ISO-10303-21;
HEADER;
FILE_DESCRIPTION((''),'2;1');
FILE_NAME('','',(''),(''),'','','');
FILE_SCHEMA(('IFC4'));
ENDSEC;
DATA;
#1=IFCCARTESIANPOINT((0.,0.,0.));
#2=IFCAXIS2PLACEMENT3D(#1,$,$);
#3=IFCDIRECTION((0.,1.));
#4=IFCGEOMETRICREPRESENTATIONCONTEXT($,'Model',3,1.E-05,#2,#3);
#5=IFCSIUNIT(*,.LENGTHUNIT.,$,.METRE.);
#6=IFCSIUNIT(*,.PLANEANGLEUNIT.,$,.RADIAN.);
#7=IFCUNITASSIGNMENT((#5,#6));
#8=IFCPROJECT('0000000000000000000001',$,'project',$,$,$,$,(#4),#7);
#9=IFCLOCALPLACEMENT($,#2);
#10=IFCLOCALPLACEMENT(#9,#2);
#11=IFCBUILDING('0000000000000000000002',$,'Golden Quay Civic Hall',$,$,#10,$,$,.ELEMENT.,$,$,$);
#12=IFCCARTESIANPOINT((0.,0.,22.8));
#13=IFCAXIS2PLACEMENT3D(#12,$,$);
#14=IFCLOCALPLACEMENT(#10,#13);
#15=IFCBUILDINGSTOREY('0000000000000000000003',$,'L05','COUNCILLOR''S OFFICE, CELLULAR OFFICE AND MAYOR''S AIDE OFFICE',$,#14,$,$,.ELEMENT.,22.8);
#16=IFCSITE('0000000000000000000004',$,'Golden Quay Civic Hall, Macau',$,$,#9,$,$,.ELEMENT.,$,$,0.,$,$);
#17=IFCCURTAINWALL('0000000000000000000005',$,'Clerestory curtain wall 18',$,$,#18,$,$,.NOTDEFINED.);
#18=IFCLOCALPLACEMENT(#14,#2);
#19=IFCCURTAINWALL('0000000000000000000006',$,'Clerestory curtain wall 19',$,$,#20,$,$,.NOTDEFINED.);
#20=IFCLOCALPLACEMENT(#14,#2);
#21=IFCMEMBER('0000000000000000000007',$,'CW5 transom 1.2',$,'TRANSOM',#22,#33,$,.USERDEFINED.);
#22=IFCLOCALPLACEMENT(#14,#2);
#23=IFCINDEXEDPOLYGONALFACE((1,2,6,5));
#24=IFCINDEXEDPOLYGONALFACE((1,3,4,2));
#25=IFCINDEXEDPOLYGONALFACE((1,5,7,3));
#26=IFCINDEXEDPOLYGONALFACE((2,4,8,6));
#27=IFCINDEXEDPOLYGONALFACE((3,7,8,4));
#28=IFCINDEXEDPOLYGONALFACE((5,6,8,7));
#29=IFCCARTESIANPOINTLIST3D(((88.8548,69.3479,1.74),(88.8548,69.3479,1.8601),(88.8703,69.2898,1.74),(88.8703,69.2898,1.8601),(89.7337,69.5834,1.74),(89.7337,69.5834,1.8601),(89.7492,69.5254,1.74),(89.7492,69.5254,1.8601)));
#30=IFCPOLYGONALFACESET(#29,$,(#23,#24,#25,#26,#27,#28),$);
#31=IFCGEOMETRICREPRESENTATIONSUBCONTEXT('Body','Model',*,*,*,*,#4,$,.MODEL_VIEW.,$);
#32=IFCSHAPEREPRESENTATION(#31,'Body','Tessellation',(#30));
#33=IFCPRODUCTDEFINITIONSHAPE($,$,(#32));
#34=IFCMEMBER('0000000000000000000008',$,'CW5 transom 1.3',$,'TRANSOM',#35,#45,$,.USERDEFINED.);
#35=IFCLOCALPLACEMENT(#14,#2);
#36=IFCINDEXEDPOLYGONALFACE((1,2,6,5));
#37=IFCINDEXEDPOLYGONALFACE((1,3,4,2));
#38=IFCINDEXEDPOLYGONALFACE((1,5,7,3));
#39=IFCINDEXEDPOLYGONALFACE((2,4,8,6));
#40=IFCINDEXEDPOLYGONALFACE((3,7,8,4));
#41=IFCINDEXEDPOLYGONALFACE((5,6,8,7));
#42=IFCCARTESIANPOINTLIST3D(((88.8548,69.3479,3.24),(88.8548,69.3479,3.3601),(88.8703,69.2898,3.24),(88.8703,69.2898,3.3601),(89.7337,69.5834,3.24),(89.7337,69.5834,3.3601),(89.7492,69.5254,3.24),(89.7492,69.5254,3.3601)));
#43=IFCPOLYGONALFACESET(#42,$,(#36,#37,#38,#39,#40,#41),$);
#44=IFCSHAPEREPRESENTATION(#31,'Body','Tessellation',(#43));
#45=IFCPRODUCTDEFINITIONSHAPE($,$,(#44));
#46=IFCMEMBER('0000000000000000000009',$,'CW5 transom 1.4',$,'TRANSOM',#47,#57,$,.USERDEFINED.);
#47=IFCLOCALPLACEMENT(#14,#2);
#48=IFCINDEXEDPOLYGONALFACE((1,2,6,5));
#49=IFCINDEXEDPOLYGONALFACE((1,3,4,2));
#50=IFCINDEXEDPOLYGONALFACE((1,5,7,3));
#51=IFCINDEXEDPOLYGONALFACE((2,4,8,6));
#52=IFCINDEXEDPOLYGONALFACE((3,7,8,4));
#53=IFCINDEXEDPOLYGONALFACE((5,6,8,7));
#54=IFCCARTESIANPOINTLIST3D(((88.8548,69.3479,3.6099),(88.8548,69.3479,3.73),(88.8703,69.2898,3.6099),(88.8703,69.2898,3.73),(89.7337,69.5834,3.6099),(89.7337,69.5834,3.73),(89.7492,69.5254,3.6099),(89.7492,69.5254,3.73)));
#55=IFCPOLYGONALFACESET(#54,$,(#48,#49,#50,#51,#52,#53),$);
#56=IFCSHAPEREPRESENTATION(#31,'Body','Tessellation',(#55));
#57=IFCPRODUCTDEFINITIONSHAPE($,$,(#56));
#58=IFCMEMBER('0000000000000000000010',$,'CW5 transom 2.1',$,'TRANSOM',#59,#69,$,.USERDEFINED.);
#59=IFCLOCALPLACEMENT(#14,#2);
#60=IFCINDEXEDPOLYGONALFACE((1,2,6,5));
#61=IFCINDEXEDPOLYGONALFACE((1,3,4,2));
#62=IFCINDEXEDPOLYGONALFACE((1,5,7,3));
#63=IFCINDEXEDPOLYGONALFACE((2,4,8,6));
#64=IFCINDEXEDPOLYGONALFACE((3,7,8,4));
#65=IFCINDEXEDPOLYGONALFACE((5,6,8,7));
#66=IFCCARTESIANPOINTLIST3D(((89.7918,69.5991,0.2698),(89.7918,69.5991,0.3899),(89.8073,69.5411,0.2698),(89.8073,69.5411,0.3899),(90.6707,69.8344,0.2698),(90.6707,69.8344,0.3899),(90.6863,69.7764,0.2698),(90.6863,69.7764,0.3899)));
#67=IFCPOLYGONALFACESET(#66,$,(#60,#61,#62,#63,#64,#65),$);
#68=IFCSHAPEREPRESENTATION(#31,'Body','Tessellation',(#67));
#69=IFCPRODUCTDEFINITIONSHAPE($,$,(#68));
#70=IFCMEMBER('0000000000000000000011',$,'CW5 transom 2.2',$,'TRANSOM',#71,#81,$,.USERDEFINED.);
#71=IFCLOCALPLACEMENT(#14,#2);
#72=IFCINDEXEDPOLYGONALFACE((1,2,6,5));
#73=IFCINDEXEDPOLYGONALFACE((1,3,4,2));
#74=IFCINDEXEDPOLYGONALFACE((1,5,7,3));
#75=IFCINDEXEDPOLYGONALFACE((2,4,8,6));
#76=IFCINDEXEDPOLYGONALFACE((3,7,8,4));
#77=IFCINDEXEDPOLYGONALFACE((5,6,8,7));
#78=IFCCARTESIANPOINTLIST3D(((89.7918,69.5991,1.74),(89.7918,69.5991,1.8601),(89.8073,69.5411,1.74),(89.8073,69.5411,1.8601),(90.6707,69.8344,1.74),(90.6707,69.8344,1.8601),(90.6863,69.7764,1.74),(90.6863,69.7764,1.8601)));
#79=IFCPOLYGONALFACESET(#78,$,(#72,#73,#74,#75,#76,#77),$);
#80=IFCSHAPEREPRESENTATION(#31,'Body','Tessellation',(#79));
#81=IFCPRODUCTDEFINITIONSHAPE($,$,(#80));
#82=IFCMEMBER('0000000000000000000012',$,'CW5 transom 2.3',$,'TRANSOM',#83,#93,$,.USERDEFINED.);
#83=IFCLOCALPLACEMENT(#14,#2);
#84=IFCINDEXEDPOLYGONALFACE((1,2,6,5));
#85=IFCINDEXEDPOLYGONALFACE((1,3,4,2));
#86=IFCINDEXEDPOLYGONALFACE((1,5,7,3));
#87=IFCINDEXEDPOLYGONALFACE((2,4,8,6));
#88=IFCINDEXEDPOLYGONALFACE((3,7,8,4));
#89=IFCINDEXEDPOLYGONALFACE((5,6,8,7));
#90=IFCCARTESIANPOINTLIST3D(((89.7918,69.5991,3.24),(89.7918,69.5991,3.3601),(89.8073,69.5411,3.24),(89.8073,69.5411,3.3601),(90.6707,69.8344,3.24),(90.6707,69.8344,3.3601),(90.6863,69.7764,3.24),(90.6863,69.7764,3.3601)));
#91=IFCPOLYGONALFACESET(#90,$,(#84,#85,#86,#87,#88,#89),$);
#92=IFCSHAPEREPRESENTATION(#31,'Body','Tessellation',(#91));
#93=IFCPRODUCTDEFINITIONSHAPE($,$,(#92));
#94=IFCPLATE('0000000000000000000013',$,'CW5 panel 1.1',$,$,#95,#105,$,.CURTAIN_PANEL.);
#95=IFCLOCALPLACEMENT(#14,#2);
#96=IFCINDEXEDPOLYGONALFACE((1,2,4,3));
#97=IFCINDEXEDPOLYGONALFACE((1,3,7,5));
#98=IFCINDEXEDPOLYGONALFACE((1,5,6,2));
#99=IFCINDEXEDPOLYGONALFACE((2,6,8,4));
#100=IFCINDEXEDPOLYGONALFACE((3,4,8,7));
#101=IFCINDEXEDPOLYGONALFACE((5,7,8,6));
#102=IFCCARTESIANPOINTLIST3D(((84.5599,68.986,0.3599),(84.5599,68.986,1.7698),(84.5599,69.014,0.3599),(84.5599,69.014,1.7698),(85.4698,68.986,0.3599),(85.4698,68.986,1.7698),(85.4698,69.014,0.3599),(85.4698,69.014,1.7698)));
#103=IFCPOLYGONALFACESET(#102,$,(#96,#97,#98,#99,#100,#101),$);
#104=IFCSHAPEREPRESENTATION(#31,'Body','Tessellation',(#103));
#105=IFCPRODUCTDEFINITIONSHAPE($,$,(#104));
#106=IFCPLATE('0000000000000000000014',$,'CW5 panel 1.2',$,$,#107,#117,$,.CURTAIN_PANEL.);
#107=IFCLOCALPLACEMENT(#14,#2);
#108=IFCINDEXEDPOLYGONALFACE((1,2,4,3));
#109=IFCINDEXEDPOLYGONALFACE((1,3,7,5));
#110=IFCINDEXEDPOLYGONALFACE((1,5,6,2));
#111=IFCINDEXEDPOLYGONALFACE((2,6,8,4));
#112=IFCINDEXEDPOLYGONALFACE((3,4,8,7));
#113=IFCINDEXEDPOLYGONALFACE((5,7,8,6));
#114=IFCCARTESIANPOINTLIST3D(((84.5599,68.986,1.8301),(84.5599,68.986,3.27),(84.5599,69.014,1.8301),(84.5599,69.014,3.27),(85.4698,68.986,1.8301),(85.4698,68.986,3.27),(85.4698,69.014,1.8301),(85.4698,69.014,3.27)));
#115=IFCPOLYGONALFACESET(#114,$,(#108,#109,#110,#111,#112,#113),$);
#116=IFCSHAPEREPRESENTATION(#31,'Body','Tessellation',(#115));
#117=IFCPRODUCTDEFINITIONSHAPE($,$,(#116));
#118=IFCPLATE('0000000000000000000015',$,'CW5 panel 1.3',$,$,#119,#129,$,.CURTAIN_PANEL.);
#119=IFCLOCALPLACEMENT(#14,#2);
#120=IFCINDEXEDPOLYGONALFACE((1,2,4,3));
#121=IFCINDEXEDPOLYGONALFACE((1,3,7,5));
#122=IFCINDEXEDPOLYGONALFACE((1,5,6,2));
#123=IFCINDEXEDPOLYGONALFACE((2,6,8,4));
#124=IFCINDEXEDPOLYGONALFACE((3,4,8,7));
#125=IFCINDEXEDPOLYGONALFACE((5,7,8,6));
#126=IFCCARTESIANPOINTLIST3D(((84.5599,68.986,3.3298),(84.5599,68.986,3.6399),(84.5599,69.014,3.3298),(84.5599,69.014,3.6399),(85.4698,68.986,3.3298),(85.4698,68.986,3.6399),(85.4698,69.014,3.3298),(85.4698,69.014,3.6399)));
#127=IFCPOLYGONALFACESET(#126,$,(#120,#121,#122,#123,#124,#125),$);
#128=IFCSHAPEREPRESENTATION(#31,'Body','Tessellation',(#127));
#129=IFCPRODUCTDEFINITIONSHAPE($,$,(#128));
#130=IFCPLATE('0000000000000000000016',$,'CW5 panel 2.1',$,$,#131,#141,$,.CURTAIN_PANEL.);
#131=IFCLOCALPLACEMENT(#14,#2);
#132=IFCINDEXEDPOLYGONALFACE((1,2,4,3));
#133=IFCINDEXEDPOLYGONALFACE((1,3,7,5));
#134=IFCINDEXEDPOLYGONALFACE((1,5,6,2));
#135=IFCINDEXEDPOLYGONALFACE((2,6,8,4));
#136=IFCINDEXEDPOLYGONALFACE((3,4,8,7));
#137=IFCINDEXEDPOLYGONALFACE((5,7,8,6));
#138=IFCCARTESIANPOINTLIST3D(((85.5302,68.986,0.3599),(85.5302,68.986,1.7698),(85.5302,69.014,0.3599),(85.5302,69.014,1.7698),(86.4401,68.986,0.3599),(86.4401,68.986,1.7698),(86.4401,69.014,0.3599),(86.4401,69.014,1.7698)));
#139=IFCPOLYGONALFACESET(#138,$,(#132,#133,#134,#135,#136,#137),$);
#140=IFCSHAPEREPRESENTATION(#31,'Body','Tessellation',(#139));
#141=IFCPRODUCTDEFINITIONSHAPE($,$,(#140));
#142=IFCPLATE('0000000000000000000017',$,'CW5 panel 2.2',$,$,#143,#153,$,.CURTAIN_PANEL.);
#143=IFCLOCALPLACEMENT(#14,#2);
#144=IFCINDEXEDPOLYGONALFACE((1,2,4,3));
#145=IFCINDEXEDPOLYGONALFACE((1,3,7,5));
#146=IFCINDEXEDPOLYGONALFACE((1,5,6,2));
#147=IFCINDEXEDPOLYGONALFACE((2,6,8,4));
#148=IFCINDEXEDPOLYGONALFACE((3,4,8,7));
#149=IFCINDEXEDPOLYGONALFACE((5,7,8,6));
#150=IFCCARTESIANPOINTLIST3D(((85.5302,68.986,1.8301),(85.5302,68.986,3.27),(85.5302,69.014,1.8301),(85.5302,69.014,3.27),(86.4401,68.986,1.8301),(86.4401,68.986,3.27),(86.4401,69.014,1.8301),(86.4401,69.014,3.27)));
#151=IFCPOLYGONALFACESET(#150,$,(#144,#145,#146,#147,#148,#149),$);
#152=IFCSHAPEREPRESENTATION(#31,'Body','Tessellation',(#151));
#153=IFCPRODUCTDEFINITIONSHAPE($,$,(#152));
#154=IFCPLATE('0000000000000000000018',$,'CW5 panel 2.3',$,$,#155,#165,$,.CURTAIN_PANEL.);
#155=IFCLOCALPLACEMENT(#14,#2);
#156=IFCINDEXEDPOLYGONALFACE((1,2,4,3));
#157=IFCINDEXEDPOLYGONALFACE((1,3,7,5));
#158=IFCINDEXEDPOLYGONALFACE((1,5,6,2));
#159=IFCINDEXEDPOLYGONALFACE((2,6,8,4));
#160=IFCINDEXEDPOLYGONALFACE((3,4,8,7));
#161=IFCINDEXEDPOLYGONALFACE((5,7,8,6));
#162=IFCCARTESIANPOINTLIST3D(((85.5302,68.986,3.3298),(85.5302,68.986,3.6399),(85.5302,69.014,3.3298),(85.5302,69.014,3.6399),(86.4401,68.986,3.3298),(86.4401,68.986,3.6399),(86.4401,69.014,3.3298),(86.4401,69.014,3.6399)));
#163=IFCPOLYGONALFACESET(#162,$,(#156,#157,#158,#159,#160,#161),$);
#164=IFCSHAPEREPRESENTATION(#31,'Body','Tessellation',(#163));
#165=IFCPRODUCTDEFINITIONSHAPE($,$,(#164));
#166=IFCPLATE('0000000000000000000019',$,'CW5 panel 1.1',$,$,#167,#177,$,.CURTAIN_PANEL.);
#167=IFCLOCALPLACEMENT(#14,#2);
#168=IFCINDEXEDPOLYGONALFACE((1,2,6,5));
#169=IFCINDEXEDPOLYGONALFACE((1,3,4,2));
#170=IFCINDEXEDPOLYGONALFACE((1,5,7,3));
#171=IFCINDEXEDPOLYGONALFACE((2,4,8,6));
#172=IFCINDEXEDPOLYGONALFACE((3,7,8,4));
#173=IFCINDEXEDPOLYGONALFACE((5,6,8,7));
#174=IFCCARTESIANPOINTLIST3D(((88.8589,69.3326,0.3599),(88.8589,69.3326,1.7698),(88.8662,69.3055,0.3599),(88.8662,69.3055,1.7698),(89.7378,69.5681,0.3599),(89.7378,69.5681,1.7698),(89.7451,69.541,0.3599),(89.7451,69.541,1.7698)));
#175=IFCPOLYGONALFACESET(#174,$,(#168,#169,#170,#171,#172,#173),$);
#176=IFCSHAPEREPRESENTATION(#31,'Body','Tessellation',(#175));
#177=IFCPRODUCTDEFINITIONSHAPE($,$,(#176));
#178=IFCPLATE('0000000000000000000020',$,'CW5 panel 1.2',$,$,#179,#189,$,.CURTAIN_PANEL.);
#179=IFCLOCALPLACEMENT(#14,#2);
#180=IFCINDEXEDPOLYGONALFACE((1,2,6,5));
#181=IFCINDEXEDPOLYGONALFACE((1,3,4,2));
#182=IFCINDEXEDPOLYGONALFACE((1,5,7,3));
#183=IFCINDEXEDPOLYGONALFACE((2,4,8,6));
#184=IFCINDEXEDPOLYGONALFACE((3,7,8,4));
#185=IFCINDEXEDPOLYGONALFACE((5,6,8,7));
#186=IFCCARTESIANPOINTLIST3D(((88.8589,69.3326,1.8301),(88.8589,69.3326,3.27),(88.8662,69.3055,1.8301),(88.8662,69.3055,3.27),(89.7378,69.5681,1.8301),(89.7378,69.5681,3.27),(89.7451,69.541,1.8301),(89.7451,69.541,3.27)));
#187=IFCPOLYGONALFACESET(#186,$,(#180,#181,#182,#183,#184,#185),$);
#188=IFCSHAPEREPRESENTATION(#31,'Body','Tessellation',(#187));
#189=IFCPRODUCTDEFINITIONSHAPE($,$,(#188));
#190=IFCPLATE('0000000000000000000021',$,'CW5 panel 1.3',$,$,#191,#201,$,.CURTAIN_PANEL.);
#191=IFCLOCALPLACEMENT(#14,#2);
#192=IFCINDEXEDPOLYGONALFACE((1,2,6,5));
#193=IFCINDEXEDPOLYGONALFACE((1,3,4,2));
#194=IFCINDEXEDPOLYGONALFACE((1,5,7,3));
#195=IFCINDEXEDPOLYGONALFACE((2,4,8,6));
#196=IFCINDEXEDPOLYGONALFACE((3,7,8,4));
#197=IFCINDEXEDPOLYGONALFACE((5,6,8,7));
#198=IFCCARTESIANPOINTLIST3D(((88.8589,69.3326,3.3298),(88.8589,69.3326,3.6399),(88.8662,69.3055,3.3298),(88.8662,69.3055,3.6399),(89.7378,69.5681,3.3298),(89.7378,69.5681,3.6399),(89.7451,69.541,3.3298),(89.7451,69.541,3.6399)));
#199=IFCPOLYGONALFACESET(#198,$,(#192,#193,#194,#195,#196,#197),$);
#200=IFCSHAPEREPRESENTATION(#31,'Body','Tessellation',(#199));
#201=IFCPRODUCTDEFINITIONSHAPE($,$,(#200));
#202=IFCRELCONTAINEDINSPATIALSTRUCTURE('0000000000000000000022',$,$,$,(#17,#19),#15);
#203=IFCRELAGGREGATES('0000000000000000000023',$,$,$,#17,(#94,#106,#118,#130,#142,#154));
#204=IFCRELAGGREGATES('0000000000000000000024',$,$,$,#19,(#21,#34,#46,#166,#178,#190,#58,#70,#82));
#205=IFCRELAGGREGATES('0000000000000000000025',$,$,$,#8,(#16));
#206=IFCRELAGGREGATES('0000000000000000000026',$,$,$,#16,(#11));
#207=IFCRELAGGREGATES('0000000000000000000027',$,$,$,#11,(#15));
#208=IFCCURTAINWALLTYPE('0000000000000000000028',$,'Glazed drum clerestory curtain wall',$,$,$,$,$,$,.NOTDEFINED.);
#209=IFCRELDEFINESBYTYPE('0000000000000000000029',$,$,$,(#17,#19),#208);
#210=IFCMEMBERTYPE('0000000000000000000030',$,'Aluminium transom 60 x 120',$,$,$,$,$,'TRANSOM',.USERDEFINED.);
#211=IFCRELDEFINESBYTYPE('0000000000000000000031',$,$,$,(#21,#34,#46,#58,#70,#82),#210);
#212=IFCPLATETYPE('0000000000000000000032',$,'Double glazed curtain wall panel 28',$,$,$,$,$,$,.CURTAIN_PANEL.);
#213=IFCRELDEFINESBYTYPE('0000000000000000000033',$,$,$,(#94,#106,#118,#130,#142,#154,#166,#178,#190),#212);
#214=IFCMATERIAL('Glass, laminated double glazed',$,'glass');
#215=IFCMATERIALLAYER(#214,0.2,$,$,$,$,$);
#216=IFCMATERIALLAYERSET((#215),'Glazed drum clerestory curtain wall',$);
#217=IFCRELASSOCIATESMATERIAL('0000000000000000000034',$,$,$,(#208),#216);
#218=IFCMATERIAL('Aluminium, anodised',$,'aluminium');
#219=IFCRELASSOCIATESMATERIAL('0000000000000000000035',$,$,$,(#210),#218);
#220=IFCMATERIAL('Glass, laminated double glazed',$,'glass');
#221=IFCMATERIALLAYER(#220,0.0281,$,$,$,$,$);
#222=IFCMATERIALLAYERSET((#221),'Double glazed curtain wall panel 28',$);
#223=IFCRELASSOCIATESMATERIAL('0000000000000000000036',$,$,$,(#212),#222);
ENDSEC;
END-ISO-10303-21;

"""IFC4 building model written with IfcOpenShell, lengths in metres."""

from ifc_helpers import new_model, si_unit, direction, frame, origin, origin_2d, place, context, subcontext, project, spatial, rectangle, extrude, material, layer, layer_set, material_profile, profile_set, type_object, element, aggregate, save


model = new_model("IFC4")

# Units and contexts
model_context = context("Model", 3, precision=1e-05, world=origin(), true_north=direction((0.0, 1.0)))
body_context = subcontext(model_context, "Body", "Model", "MODEL_VIEW")
ifc_project = project(units=[si_unit("LENGTHUNIT", "METRE"), si_unit("PLANEANGLEUNIT", "RADIAN")], contexts=[model_context])

# Site, building, storey
site_placement = place(None, origin())
site = spatial("IfcSite", under=ifc_project, at=site_placement, Name="Golden Quay Civic Hall, Macau", CompositionType="ELEMENT", RefElevation=0.0)
building_placement = place(site_placement, origin())
building = spatial("IfcBuilding", under=site, at=building_placement, Name="Golden Quay Civic Hall", CompositionType="ELEMENT")
storey_placement = place(building_placement, frame((0.0, 0.0, 22.8)))
storey = spatial("IfcBuildingStorey", under=building, at=storey_placement, Name="L05", Description="COUNCILLOR'S OFFICE, CELLULAR OFFICE AND MAYOR'S AIDE OFFICE", CompositionType="ELEMENT", Elevation=22.8)

# Shared definitions
ifc_material_1 = material(Name="Glass, laminated double glazed", Category="glass")
ifc_layer_1 = layer(ifc_material_1, 0.2)
ifc_layer_set_1 = layer_set([ifc_layer_1], Name="Glazed drum clerestory curtain wall")
curtain_wall_type = type_object("IfcCurtainWallType", Name="Glazed drum clerestory curtain wall", PredefinedType="NOTDEFINED", material=ifc_layer_set_1)

# Curtain walls
curtain_wall_1_placement = place(storey_placement, origin())
curtain_wall_1 = element("IfcCurtainWall", 1, at=curtain_wall_1_placement, inside=storey, type_object=curtain_wall_type, Name="Clerestory curtain wall 18", PredefinedType="NOTDEFINED")
curtain_wall_2_placement = place(storey_placement, origin())
curtain_wall_2 = element("IfcCurtainWall", 2, at=curtain_wall_2_placement, inside=storey, type_object=curtain_wall_type, Name="Clerestory curtain wall 19", PredefinedType="NOTDEFINED")

# Members
ifc_material_2 = material(Name="Aluminium, anodised", Category="aluminium")
ifc_material_profile_1 = material_profile(ifc_material_2, rectangle(XDim=0.0601, YDim=0.1201, at=origin_2d()), Name="Aluminium 60 x 120")
ifc_profile_set_1 = profile_set([ifc_material_profile_1], Name="Aluminium, anodised")
member_type_1 = type_object("IfcMemberType", Name="Aluminium transom 60 x 120", ElementType="TRANSOM", PredefinedType="USERDEFINED", material=ifc_profile_set_1)
member_1_placement = place(storey_placement, frame((88.8625, 69.3188, 1.8), z_axis=(0.9659, 0.258915, 0.0), x_axis=(-0.258915, 0.9659, 0.0)))
member_1 = element("IfcMember", 3, at=member_1_placement, type_object=member_type_1, Name="CW5 transom 1.2", ObjectType="TRANSOM", PredefinedType="USERDEFINED", context=body_context, shape_type="SweptSolid", body=[
    extrude(rectangle(XDim=0.0601, YDim=0.1201, at=origin_2d()), origin(), (0.0, 0.0, 1.0), 0.9099),
])
member_2_placement = place(storey_placement, frame((88.8625, 69.3188, 3.3), z_axis=(0.9659, 0.258915, 0.0), x_axis=(-0.258915, 0.9659, 0.0)))
member_2 = element("IfcMember", 4, at=member_2_placement, type_object=member_type_1, Name="CW5 transom 1.3", ObjectType="TRANSOM", PredefinedType="USERDEFINED", context=body_context, shape_type="SweptSolid", body=[
    extrude(rectangle(XDim=0.0601, YDim=0.1201, at=origin_2d()), origin(), (0.0, 0.0, 1.0), 0.9099),
])
member_3_placement = place(storey_placement, frame((88.8625, 69.3188, 3.6699), z_axis=(0.9659, 0.258915, 0.0), x_axis=(-0.258915, 0.9659, 0.0)))
member_3 = element("IfcMember", 5, at=member_3_placement, type_object=member_type_1, Name="CW5 transom 1.4", ObjectType="TRANSOM", PredefinedType="USERDEFINED", context=body_context, shape_type="SweptSolid", body=[
    extrude(rectangle(XDim=0.0601, YDim=0.1201, at=origin_2d()), origin(), (0.0, 0.0, 1.0), 0.9099),
])
member_4_placement = place(storey_placement, frame((89.7996, 69.5701, 0.3298), z_axis=(0.965967, 0.258665, 0.0), x_axis=(-0.258665, 0.965967, 0.0)))
member_4 = element("IfcMember", 6, at=member_4_placement, type_object=member_type_1, Name="CW5 transom 2.1", ObjectType="TRANSOM", PredefinedType="USERDEFINED", context=body_context, shape_type="SweptSolid", body=[
    extrude(rectangle(XDim=0.0601, YDim=0.1201, at=origin_2d()), origin(), (0.0, 0.0, 1.0), 0.9099),
])
member_5_placement = place(storey_placement, frame((89.7996, 69.5701, 1.8), z_axis=(0.965967, 0.258665, 0.0), x_axis=(-0.258665, 0.965967, 0.0)))
member_5 = element("IfcMember", 7, at=member_5_placement, type_object=member_type_1, Name="CW5 transom 2.2", ObjectType="TRANSOM", PredefinedType="USERDEFINED", context=body_context, shape_type="SweptSolid", body=[
    extrude(rectangle(XDim=0.0601, YDim=0.1201, at=origin_2d()), origin(), (0.0, 0.0, 1.0), 0.9099),
])
member_6_placement = place(storey_placement, frame((89.7996, 69.5701, 3.3), z_axis=(0.965967, 0.258665, 0.0), x_axis=(-0.258665, 0.965967, 0.0)))
member_6 = element("IfcMember", 8, at=member_6_placement, type_object=member_type_1, Name="CW5 transom 2.3", ObjectType="TRANSOM", PredefinedType="USERDEFINED", context=body_context, shape_type="SweptSolid", body=[
    extrude(rectangle(XDim=0.0601, YDim=0.1201, at=origin_2d()), origin(), (0.0, 0.0, 1.0), 0.9099),
])

# Plates
ifc_material_3 = material(Name="Glass, laminated double glazed", Category="glass")
ifc_layer_2 = layer(ifc_material_3, 0.0281)
ifc_layer_set_2 = layer_set([ifc_layer_2], Name="Double glazed curtain wall panel 28")
plate_type = type_object("IfcPlateType", Name="Double glazed curtain wall panel 28", PredefinedType="CURTAIN_PANEL", material=ifc_layer_set_2)
plate_1_placement = place(storey_placement, frame((85.0149, 69.0, 0.3599), z_axis=(0.0, 0.0, 1.0), x_axis=(1.0, 0.0, 0.0)))
plate_1 = element("IfcPlate", 9, at=plate_1_placement, type_object=plate_type, Name="CW5 panel 1.1", PredefinedType="CURTAIN_PANEL", context=body_context, shape_type="SweptSolid", body=[
    extrude(rectangle(XDim=0.9099, YDim=0.0281, at=origin_2d()), origin(), (0.0, 0.0, 1.0), 1.4099),
])
plate_2_placement = place(storey_placement, frame((85.0149, 69.0, 1.8301), z_axis=(0.0, 0.0, 1.0), x_axis=(1.0, 0.0, 0.0)))
plate_2 = element("IfcPlate", 10, at=plate_2_placement, type_object=plate_type, Name="CW5 panel 1.2", PredefinedType="CURTAIN_PANEL", context=body_context, shape_type="SweptSolid", body=[
    extrude(rectangle(XDim=0.9099, YDim=0.0281, at=origin_2d()), origin(), (0.0, 0.0, 1.0), 1.4399),
])
plate_3_placement = place(storey_placement, frame((85.0149, 69.0, 3.3298), z_axis=(0.0, 0.0, 1.0), x_axis=(1.0, 0.0, 0.0)))
plate_3 = element("IfcPlate", 11, at=plate_3_placement, type_object=plate_type, Name="CW5 panel 1.3", PredefinedType="CURTAIN_PANEL", context=body_context, shape_type="SweptSolid", body=[
    extrude(rectangle(XDim=0.9099, YDim=0.0281, at=origin_2d()), origin(), (0.0, 0.0, 1.0), 0.3101),
])
plate_4_placement = place(storey_placement, frame((85.9851, 69.0, 0.3599), z_axis=(0.0, 0.0, 1.0), x_axis=(1.0, 0.0, 0.0)))
plate_4 = element("IfcPlate", 12, at=plate_4_placement, type_object=plate_type, Name="CW5 panel 2.1", PredefinedType="CURTAIN_PANEL", context=body_context, shape_type="SweptSolid", body=[
    extrude(rectangle(XDim=0.9099, YDim=0.0281, at=origin_2d()), origin(), (0.0, 0.0, 1.0), 1.4099),
])
plate_5_placement = place(storey_placement, frame((85.9851, 69.0, 1.8301), z_axis=(0.0, 0.0, 1.0), x_axis=(1.0, 0.0, 0.0)))
plate_5 = element("IfcPlate", 13, at=plate_5_placement, type_object=plate_type, Name="CW5 panel 2.2", PredefinedType="CURTAIN_PANEL", context=body_context, shape_type="SweptSolid", body=[
    extrude(rectangle(XDim=0.9099, YDim=0.0281, at=origin_2d()), origin(), (0.0, 0.0, 1.0), 1.4399),
])
plate_6_placement = place(storey_placement, frame((85.9851, 69.0, 3.3298), z_axis=(0.0, 0.0, 1.0), x_axis=(1.0, 0.0, 0.0)))
plate_6 = element("IfcPlate", 14, at=plate_6_placement, type_object=plate_type, Name="CW5 panel 2.3", PredefinedType="CURTAIN_PANEL", context=body_context, shape_type="SweptSolid", body=[
    extrude(rectangle(XDim=0.9099, YDim=0.0281, at=origin_2d()), origin(), (0.0, 0.0, 1.0), 0.3101),
])
aggregate(curtain_wall_1, [plate_1, plate_2, plate_3, plate_4, plate_5, plate_6])
plate_7_placement = place(storey_placement, frame((89.302, 69.4368, 0.3599), z_axis=(0.0, 0.0, 1.0), x_axis=(0.965929, 0.258808, 0.0)))
plate_7 = element("IfcPlate", 15, at=plate_7_placement, type_object=plate_type, Name="CW5 panel 1.1", PredefinedType="CURTAIN_PANEL", context=body_context, shape_type="SweptSolid", body=[
    extrude(rectangle(XDim=0.9099, YDim=0.0281, at=origin_2d()), origin(), (0.0, 0.0, 1.0), 1.4099),
])
plate_8_placement = place(storey_placement, frame((89.302, 69.4368, 1.8301), z_axis=(0.0, 0.0, 1.0), x_axis=(0.965929, 0.258808, 0.0)))
plate_8 = element("IfcPlate", 16, at=plate_8_placement, type_object=plate_type, Name="CW5 panel 1.2", PredefinedType="CURTAIN_PANEL", context=body_context, shape_type="SweptSolid", body=[
    extrude(rectangle(XDim=0.9099, YDim=0.0281, at=origin_2d()), origin(), (0.0, 0.0, 1.0), 1.4399),
])
plate_9_placement = place(storey_placement, frame((89.302, 69.4368, 3.3298), z_axis=(0.0, 0.0, 1.0), x_axis=(0.965929, 0.258808, 0.0)))
plate_9 = element("IfcPlate", 17, at=plate_9_placement, type_object=plate_type, Name="CW5 panel 1.3", PredefinedType="CURTAIN_PANEL", context=body_context, shape_type="SweptSolid", body=[
    extrude(rectangle(XDim=0.9099, YDim=0.0281, at=origin_2d()), origin(), (0.0, 0.0, 1.0), 0.3101),
])
aggregate(curtain_wall_2, [member_1, member_2, member_3, plate_7, plate_8, plate_9, member_4, member_5, member_6])

save(model, "model.ifc")
